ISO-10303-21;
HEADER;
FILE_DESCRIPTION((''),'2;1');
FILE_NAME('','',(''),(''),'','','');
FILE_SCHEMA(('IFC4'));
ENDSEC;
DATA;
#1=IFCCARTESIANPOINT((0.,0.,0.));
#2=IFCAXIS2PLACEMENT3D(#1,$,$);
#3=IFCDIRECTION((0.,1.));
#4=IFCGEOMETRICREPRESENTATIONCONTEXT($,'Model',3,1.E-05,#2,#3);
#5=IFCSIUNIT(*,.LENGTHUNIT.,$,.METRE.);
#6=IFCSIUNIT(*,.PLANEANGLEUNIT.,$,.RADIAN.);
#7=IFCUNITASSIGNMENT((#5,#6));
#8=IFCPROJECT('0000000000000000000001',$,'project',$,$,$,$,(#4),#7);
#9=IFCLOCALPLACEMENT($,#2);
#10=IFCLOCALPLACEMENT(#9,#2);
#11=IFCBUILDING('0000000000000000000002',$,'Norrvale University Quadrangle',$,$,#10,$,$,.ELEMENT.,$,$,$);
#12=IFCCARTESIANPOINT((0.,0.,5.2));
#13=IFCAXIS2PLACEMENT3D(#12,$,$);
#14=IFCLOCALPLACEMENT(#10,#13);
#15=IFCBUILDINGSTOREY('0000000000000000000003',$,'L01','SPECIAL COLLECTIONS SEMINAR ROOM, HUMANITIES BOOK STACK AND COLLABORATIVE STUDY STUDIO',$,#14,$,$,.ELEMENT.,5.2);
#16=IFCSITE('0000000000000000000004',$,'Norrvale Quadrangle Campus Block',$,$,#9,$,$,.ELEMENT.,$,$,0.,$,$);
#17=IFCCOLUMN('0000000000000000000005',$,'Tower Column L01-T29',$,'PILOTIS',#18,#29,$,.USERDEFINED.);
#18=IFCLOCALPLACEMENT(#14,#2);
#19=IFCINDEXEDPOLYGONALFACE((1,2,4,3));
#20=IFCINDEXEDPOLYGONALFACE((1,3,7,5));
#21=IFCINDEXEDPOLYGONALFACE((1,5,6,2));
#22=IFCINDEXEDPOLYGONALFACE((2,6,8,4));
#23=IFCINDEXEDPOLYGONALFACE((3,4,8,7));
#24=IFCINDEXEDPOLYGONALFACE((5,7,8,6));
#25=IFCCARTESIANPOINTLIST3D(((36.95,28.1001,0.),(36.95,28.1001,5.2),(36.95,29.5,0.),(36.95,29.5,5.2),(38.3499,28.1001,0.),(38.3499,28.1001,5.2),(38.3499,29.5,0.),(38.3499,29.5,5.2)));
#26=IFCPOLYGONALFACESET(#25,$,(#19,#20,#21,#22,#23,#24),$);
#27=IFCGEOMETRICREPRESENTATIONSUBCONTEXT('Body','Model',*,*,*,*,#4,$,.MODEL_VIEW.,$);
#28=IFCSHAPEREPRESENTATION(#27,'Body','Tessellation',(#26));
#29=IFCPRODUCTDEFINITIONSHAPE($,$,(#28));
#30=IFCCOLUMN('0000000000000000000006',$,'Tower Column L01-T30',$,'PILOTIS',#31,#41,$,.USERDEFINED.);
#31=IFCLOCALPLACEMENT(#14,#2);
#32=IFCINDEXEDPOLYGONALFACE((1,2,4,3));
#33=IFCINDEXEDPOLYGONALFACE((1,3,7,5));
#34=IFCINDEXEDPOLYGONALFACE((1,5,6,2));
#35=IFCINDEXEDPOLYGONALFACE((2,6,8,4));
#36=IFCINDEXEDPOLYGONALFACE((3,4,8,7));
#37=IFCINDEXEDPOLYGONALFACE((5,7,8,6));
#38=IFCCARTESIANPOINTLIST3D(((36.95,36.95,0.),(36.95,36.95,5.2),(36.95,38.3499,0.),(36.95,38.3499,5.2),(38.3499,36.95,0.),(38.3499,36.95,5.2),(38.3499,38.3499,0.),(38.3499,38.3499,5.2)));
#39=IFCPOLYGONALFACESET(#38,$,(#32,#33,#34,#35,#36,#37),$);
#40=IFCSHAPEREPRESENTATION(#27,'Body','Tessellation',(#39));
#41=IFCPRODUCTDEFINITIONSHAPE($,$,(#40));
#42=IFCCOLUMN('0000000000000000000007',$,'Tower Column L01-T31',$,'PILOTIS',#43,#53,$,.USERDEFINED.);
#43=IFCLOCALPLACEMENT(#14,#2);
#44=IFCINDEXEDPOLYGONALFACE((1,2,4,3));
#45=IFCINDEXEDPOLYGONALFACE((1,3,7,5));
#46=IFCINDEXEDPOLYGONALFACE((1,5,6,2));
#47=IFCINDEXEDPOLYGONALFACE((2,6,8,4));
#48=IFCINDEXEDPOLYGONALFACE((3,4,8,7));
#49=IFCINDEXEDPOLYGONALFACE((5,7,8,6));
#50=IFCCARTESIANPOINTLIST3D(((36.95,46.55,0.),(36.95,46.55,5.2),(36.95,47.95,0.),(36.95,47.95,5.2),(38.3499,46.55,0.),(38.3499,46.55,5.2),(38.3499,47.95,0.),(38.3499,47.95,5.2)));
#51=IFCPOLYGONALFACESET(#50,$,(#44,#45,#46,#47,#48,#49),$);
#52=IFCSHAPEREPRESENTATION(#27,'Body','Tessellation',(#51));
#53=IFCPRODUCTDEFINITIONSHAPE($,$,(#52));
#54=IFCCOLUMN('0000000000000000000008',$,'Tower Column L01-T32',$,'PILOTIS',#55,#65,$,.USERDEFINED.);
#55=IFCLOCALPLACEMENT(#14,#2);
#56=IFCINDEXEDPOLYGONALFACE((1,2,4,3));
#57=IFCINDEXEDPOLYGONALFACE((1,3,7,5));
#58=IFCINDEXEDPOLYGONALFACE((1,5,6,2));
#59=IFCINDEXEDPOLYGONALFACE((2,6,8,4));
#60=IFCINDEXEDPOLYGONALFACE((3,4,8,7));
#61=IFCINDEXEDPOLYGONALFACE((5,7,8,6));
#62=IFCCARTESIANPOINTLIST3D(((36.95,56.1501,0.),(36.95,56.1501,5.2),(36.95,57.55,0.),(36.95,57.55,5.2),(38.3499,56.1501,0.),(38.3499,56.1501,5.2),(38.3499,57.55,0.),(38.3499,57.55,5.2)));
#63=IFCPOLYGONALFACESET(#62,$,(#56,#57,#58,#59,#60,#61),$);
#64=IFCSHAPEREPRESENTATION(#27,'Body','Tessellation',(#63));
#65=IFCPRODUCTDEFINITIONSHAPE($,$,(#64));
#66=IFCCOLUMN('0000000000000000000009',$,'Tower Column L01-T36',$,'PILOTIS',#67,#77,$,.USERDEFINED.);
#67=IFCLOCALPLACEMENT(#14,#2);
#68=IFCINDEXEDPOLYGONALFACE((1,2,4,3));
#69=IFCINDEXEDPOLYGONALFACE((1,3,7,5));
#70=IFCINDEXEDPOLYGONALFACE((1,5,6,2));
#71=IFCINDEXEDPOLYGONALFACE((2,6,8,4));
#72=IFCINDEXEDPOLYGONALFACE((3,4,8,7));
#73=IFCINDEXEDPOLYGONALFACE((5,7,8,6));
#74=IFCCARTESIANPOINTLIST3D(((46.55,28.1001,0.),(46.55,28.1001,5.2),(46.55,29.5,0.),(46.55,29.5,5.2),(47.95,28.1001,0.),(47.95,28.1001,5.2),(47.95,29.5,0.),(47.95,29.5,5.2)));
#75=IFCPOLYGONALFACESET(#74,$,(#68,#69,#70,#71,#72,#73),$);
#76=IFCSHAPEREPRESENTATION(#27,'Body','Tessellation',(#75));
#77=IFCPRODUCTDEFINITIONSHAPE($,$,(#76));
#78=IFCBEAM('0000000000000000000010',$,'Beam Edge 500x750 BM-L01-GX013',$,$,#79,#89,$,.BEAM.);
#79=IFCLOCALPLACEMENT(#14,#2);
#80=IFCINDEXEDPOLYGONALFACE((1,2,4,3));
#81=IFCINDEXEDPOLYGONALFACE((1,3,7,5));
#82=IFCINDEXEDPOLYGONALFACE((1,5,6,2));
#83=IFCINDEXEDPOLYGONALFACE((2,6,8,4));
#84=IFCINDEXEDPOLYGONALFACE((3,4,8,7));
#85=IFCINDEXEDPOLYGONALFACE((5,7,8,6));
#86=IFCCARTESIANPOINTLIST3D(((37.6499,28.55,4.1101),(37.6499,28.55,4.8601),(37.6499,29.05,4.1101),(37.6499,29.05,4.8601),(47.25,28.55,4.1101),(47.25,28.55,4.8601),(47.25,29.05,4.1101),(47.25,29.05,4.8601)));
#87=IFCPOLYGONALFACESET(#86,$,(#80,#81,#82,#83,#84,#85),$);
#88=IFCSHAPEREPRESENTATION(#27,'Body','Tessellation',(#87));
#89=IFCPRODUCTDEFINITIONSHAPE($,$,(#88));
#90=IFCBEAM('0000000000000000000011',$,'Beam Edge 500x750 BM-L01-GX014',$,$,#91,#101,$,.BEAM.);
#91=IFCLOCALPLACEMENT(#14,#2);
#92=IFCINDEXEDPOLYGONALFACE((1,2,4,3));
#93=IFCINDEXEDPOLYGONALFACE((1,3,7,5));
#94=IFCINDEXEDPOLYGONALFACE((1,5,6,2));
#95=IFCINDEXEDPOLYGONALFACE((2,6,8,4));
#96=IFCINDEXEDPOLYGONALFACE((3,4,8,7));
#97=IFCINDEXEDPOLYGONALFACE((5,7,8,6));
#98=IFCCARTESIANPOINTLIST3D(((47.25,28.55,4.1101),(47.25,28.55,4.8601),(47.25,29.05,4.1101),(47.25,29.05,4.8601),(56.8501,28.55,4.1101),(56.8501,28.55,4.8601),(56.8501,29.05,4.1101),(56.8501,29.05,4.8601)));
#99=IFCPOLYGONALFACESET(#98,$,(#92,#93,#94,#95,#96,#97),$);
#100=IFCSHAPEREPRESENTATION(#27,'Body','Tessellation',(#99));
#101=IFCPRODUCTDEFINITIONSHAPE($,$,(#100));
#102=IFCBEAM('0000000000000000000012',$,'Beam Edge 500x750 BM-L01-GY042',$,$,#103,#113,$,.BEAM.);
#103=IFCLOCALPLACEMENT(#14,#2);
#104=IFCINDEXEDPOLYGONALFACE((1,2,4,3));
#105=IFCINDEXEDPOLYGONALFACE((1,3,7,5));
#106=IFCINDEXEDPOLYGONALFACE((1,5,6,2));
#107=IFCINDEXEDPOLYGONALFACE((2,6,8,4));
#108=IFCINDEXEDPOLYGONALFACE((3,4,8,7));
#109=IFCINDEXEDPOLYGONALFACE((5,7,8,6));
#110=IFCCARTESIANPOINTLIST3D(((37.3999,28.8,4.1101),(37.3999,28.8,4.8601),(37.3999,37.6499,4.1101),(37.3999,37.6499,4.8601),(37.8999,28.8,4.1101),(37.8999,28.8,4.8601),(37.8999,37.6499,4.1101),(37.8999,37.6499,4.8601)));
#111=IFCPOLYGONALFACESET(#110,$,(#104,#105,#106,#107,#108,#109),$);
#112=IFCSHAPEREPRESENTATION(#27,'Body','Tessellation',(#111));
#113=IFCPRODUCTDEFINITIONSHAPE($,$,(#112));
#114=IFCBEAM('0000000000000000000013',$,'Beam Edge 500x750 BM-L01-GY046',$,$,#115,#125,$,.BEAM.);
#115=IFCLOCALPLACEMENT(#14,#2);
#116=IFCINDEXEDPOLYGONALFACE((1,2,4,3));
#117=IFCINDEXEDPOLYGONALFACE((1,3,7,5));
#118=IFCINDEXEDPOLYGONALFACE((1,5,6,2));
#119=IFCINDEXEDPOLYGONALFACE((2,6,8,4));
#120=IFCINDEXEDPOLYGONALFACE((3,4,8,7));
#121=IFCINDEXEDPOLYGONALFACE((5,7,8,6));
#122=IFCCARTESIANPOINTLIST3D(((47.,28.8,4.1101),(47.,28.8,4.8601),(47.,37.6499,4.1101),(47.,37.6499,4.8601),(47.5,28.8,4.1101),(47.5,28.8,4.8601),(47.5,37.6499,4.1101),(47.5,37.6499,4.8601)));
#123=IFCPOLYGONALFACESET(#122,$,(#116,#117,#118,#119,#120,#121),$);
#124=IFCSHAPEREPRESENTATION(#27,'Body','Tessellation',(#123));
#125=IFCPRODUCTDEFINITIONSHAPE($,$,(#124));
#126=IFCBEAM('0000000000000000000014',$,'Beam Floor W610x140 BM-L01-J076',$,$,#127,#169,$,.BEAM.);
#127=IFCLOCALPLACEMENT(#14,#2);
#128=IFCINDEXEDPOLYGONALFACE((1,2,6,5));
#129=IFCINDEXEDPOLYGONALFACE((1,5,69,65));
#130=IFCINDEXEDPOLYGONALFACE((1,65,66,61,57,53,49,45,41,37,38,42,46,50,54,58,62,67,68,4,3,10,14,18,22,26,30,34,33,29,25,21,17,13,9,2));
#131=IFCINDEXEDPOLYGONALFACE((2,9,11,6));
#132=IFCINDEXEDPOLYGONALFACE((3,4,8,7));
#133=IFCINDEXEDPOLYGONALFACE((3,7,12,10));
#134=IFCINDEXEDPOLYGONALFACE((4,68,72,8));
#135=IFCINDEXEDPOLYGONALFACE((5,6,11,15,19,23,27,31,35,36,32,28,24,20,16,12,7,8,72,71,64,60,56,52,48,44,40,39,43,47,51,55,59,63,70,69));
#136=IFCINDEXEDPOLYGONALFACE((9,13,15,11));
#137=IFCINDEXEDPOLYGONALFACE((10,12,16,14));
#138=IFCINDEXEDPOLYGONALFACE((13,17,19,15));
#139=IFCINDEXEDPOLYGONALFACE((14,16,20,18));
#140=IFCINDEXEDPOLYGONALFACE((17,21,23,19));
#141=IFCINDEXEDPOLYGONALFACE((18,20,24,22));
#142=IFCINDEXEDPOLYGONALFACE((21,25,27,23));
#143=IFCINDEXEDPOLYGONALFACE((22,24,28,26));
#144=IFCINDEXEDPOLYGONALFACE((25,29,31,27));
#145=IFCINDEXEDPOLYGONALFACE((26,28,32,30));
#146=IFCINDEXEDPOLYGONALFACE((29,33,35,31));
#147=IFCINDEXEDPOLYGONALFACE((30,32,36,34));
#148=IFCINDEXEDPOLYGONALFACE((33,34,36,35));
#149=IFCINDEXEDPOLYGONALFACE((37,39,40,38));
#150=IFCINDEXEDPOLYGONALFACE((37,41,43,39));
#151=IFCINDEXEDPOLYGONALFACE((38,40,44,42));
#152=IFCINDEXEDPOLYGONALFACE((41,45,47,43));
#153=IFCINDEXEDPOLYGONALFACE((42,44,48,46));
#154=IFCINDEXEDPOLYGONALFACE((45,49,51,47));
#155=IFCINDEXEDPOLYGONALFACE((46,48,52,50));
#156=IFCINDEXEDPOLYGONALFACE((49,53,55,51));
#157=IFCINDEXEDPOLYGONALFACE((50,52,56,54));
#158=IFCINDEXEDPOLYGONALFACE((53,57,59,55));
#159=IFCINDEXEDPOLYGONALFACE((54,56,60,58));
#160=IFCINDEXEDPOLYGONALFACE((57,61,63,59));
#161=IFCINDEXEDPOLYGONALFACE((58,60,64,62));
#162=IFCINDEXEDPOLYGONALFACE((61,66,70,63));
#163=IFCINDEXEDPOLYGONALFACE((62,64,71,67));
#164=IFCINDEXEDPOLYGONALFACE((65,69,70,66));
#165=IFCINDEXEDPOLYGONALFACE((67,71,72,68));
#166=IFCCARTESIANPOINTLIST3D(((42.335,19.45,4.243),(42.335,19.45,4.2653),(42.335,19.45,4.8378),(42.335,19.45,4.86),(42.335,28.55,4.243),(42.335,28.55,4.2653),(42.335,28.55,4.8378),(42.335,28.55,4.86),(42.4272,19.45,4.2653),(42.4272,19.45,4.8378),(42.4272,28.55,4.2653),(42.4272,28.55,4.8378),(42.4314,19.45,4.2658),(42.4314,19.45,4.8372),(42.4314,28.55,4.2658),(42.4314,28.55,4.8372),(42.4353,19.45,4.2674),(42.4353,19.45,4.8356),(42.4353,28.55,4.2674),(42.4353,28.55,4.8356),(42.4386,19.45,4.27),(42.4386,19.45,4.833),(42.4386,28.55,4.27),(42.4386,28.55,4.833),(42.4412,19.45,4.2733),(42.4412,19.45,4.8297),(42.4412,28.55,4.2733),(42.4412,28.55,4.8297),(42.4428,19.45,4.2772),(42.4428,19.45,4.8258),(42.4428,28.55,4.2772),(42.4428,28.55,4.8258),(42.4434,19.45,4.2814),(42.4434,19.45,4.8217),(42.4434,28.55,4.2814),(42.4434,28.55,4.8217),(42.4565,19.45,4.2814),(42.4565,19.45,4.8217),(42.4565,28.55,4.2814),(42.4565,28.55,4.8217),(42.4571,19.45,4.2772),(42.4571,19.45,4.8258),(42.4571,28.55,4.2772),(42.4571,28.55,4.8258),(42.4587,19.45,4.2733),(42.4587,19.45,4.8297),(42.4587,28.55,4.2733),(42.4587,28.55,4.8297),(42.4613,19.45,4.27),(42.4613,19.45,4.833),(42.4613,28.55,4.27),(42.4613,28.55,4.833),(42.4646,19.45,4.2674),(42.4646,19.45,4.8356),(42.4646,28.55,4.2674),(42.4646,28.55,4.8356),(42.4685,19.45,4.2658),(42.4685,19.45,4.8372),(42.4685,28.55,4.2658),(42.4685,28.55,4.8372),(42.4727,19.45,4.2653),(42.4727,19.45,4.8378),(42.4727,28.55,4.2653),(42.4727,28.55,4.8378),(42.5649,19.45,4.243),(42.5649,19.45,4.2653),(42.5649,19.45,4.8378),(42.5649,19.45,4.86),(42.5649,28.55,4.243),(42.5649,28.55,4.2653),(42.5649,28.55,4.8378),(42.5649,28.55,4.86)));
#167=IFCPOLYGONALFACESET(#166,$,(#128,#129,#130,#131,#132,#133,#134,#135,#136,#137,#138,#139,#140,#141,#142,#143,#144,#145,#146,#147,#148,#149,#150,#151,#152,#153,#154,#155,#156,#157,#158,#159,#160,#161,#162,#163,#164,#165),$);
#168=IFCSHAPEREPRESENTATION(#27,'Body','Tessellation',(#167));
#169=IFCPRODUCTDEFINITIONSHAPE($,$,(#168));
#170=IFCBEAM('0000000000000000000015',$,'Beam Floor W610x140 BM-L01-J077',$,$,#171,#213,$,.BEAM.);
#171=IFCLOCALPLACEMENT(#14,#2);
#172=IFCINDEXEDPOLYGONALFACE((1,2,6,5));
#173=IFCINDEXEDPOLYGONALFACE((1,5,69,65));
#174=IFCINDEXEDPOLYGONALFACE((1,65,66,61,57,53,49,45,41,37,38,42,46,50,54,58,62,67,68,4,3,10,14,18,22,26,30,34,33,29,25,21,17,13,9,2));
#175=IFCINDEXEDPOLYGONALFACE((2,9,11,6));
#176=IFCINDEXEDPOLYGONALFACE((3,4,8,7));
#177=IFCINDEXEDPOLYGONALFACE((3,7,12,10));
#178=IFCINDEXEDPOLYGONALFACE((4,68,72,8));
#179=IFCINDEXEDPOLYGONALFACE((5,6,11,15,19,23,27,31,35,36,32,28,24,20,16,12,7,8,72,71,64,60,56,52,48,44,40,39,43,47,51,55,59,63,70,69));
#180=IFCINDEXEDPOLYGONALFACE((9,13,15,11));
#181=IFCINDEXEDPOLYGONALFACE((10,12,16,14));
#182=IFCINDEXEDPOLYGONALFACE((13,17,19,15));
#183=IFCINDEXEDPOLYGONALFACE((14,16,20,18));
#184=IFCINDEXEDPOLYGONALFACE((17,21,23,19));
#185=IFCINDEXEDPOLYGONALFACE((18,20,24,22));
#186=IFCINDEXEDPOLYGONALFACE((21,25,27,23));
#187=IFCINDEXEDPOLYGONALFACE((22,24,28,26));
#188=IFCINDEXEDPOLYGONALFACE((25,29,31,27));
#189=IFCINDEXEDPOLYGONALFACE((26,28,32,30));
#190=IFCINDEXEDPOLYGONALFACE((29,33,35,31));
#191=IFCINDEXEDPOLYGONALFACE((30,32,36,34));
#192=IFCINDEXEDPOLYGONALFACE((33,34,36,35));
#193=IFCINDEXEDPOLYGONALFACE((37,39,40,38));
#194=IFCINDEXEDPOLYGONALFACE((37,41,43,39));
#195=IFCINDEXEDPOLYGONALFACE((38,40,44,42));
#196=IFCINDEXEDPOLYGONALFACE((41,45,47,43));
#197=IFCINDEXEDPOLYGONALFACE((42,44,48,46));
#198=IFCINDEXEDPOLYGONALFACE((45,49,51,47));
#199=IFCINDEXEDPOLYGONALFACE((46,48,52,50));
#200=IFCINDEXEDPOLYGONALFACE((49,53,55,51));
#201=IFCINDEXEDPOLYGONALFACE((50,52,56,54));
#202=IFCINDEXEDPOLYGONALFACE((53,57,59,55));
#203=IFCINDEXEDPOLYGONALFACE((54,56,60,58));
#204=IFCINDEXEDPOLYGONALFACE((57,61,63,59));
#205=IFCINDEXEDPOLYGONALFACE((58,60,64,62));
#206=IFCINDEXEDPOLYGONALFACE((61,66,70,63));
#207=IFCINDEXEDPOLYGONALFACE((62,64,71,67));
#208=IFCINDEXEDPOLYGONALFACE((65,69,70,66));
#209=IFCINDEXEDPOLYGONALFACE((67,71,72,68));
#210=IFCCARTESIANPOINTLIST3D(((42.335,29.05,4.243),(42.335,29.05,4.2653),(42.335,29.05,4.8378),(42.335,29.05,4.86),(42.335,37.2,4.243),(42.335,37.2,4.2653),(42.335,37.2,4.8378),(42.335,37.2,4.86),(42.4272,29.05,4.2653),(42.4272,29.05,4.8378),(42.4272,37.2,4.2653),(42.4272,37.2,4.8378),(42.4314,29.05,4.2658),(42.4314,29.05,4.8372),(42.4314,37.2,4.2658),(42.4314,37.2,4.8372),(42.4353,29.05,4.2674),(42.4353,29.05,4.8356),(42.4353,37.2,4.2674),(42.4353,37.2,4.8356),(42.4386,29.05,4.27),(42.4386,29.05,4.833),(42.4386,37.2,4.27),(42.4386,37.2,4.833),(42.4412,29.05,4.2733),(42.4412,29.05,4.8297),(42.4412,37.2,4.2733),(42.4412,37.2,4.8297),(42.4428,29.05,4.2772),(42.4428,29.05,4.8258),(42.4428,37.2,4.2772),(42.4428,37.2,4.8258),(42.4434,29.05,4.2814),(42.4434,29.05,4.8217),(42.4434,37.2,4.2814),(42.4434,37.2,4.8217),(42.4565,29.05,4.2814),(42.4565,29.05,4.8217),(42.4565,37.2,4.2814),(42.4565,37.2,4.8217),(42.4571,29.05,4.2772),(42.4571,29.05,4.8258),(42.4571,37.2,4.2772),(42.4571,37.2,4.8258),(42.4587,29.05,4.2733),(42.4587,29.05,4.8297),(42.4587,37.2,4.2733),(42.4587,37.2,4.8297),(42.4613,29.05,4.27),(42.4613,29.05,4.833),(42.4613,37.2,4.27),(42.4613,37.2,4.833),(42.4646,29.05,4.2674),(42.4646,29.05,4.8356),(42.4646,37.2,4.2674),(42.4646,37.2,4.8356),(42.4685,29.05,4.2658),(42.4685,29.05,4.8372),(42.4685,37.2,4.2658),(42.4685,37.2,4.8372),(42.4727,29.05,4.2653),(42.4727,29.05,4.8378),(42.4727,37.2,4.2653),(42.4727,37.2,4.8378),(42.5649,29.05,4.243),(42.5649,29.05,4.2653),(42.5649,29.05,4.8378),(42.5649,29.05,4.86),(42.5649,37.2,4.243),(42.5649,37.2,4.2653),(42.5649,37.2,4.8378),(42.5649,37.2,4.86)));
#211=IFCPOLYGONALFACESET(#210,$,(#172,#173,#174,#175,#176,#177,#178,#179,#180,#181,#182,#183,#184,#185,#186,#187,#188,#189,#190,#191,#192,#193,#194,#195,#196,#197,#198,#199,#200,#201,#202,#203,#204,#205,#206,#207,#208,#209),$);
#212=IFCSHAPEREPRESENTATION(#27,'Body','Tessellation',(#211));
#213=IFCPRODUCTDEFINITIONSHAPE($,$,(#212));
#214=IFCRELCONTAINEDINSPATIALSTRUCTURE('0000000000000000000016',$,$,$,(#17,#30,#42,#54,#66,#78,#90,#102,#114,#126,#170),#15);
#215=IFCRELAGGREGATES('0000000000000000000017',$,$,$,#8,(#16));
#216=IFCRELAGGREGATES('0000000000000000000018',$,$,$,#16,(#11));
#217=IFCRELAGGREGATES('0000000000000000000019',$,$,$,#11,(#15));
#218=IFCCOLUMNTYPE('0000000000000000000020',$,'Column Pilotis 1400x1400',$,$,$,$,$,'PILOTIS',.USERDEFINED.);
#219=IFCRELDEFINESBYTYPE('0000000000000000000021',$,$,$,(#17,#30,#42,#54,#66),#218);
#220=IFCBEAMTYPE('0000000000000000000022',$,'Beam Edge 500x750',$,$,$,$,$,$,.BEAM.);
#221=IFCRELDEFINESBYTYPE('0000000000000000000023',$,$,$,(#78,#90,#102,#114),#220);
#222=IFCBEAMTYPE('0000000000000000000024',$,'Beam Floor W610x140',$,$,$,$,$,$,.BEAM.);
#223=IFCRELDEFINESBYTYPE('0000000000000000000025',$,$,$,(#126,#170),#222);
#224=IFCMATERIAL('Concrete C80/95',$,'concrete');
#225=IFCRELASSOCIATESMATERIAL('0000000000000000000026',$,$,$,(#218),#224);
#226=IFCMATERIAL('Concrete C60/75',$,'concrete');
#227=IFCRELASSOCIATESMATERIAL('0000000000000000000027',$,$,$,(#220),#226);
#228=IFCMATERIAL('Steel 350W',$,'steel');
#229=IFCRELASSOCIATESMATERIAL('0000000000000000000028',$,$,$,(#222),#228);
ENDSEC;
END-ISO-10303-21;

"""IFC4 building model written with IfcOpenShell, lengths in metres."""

from ifc_helpers import new_model, si_unit, direction, frame, origin, origin_2d, place, context, subcontext, project, spatial, rectangle, i_section, extrude, material, material_profile, profile_set, type_object, element, save


model = new_model("IFC4")

# Units and contexts
model_context = context("Model", 3, precision=1e-05, world=origin(), true_north=direction((0.0, 1.0)))
body_context = subcontext(model_context, "Body", "Model", "MODEL_VIEW")
ifc_project = project(units=[si_unit("LENGTHUNIT", "METRE"), si_unit("PLANEANGLEUNIT", "RADIAN")], contexts=[model_context])

# Site, building, storey
site_placement = place(None, origin())
site = spatial("IfcSite", under=ifc_project, at=site_placement, Name="Norrvale Quadrangle Campus Block", CompositionType="ELEMENT", RefElevation=0.0)
building_placement = place(site_placement, origin())
building = spatial("IfcBuilding", under=site, at=building_placement, Name="Norrvale University Quadrangle", CompositionType="ELEMENT")
storey_placement = place(building_placement, frame((0.0, 0.0, 5.2)))
storey = spatial("IfcBuildingStorey", under=building, at=storey_placement, Name="L01", Description="SPECIAL COLLECTIONS SEMINAR ROOM, HUMANITIES BOOK STACK AND COLLABORATIVE STUDY STUDIO", CompositionType="ELEMENT", Elevation=5.2)

# Columns
ifc_material_1 = material(Name="Concrete C80/95", Category="concrete")
ifc_material_profile_1 = material_profile(ifc_material_1, rectangle(XDim=1.3999, YDim=1.3999, at=origin_2d()), Name="Concrete C80/95")
ifc_profile_set_1 = profile_set([ifc_material_profile_1], Name="Concrete C80/95")
column_type = type_object("IfcColumnType", Name="Column Pilotis 1400x1400", ElementType="PILOTIS", PredefinedType="USERDEFINED", material=ifc_profile_set_1)
for number, where, z_axis, x_axis, name in (
    (1, (37.6499, 28.8, 0.0), (0.0, 0.0, 1.0), (1.0, 0.0, 0.0), "Tower Column L01-T29"),
    (2, (37.6499, 37.6499, 0.0), (0.0, 0.0, 1.0), (1.0, 0.0, 0.0), "Tower Column L01-T30"),
    (3, (37.6499, 47.25, 0.0), (0.0, 0.0, 1.0), (1.0, 0.0, 0.0), "Tower Column L01-T31"),
    (4, (37.6499, 56.8501, 0.0), (0.0, 0.0, 1.0), (1.0, 0.0, 0.0), "Tower Column L01-T32"),
    (5, (47.25, 28.8, 0.0), (0.0, 0.0, 1.0), (1.0, 0.0, 0.0), "Tower Column L01-T36"),
):
    element("IfcColumn", number, at=place(storey_placement, frame(where, z_axis=z_axis, x_axis=x_axis)), inside=storey, type_object=column_type, Name=name, ObjectType="PILOTIS", PredefinedType="USERDEFINED", context=body_context, shape_type="SweptSolid", body=[
        extrude(rectangle(XDim=1.3999, YDim=1.3999, at=origin_2d()), origin(), (0.0, 0.0, 1.0), 5.2),
    ])

# Beams
ifc_material_2 = material(Name="Concrete C60/75", Category="concrete")
ifc_material_profile_2 = material_profile(ifc_material_2, rectangle(XDim=0.5, YDim=0.75, at=origin_2d()), Name="Concrete C60/75")
ifc_profile_set_2 = profile_set([ifc_material_profile_2], Name="Concrete C60/75")
beam_type_1 = type_object("IfcBeamType", Name="Beam Edge 500x750", PredefinedType="BEAM", material=ifc_profile_set_2)
for number, where, z_axis, x_axis, name in (
    (6, (37.6499, 28.8, 4.4851), (1.0, 0.0, 0.0), (0.0, 1.0, 0.0), "Beam Edge 500x750 BM-L01-GX013"),
    (7, (47.25, 28.8, 4.4851), (1.0, 0.0, 0.0), (0.0, 1.0, 0.0), "Beam Edge 500x750 BM-L01-GX014"),
):
    element("IfcBeam", number, at=place(storey_placement, frame(where, z_axis=z_axis, x_axis=x_axis)), inside=storey, type_object=beam_type_1, Name=name, PredefinedType="BEAM", context=body_context, shape_type="SweptSolid", body=[
        extrude(rectangle(XDim=0.5, YDim=0.75, at=origin_2d()), origin(), (0.0, 0.0, 1.0), 9.6001),
    ])
for number, where, z_axis, x_axis, name in (
    (8, (37.6499, 28.8, 4.4851), (0.0, 1.0, 0.0), (-1.0, 0.0, 0.0), "Beam Edge 500x750 BM-L01-GY042"),
    (9, (47.25, 28.8, 4.4851), (0.0, 1.0, 0.0), (-1.0, 0.0, 0.0), "Beam Edge 500x750 BM-L01-GY046"),
):
    element("IfcBeam", number, at=place(storey_placement, frame(where, z_axis=z_axis, x_axis=x_axis)), inside=storey, type_object=beam_type_1, Name=name, PredefinedType="BEAM", context=body_context, shape_type="SweptSolid", body=[
        extrude(rectangle(XDim=0.5, YDim=0.75, at=origin_2d()), origin(), (0.0, 0.0, 1.0), 8.8499),
    ])
ifc_material_3 = material(Name="Steel 350W", Category="steel")
ifc_material_profile_3 = material_profile(ifc_material_3, i_section(OverallWidth=0.23, OverallDepth=0.6169, WebThickness=0.0132, FlangeThickness=0.0222, FilletRadius=0.0161, at=origin_2d()), Name="Steel 350W")
ifc_profile_set_3 = profile_set([ifc_material_profile_3], Name="Steel 350W")
beam_type_2 = type_object("IfcBeamType", Name="Beam Floor W610x140", PredefinedType="BEAM", material=ifc_profile_set_3)
beam_1_placement = place(storey_placement, frame((42.45, 19.45, 4.5515), z_axis=(0.0, 1.0, 0.0), x_axis=(-1.0, 0.0, 0.0)))
element("IfcBeam", 10, at=beam_1_placement, inside=storey, type_object=beam_type_2, Name="Beam Floor W610x140 BM-L01-J076", PredefinedType="BEAM", context=body_context, shape_type="SweptSolid", body=[
    extrude(i_section(OverallWidth=0.23, OverallDepth=0.6169, WebThickness=0.0132, FlangeThickness=0.0222, FilletRadius=0.0161, at=origin_2d()), origin(), (0.0, 0.0, 1.0), 9.1001),
])
beam_2_placement = place(storey_placement, frame((42.45, 29.05, 4.5515), z_axis=(0.0, 1.0, 0.0), x_axis=(-1.0, 0.0, 0.0)))
element("IfcBeam", 11, at=beam_2_placement, inside=storey, type_object=beam_type_2, Name="Beam Floor W610x140 BM-L01-J077", PredefinedType="BEAM", context=body_context, shape_type="SweptSolid", body=[
    extrude(i_section(OverallWidth=0.23, OverallDepth=0.6169, WebThickness=0.0132, FlangeThickness=0.0222, FilletRadius=0.0161, at=origin_2d()), origin(), (0.0, 0.0, 1.0), 8.1499),
])

save(model, "model.ifc")
